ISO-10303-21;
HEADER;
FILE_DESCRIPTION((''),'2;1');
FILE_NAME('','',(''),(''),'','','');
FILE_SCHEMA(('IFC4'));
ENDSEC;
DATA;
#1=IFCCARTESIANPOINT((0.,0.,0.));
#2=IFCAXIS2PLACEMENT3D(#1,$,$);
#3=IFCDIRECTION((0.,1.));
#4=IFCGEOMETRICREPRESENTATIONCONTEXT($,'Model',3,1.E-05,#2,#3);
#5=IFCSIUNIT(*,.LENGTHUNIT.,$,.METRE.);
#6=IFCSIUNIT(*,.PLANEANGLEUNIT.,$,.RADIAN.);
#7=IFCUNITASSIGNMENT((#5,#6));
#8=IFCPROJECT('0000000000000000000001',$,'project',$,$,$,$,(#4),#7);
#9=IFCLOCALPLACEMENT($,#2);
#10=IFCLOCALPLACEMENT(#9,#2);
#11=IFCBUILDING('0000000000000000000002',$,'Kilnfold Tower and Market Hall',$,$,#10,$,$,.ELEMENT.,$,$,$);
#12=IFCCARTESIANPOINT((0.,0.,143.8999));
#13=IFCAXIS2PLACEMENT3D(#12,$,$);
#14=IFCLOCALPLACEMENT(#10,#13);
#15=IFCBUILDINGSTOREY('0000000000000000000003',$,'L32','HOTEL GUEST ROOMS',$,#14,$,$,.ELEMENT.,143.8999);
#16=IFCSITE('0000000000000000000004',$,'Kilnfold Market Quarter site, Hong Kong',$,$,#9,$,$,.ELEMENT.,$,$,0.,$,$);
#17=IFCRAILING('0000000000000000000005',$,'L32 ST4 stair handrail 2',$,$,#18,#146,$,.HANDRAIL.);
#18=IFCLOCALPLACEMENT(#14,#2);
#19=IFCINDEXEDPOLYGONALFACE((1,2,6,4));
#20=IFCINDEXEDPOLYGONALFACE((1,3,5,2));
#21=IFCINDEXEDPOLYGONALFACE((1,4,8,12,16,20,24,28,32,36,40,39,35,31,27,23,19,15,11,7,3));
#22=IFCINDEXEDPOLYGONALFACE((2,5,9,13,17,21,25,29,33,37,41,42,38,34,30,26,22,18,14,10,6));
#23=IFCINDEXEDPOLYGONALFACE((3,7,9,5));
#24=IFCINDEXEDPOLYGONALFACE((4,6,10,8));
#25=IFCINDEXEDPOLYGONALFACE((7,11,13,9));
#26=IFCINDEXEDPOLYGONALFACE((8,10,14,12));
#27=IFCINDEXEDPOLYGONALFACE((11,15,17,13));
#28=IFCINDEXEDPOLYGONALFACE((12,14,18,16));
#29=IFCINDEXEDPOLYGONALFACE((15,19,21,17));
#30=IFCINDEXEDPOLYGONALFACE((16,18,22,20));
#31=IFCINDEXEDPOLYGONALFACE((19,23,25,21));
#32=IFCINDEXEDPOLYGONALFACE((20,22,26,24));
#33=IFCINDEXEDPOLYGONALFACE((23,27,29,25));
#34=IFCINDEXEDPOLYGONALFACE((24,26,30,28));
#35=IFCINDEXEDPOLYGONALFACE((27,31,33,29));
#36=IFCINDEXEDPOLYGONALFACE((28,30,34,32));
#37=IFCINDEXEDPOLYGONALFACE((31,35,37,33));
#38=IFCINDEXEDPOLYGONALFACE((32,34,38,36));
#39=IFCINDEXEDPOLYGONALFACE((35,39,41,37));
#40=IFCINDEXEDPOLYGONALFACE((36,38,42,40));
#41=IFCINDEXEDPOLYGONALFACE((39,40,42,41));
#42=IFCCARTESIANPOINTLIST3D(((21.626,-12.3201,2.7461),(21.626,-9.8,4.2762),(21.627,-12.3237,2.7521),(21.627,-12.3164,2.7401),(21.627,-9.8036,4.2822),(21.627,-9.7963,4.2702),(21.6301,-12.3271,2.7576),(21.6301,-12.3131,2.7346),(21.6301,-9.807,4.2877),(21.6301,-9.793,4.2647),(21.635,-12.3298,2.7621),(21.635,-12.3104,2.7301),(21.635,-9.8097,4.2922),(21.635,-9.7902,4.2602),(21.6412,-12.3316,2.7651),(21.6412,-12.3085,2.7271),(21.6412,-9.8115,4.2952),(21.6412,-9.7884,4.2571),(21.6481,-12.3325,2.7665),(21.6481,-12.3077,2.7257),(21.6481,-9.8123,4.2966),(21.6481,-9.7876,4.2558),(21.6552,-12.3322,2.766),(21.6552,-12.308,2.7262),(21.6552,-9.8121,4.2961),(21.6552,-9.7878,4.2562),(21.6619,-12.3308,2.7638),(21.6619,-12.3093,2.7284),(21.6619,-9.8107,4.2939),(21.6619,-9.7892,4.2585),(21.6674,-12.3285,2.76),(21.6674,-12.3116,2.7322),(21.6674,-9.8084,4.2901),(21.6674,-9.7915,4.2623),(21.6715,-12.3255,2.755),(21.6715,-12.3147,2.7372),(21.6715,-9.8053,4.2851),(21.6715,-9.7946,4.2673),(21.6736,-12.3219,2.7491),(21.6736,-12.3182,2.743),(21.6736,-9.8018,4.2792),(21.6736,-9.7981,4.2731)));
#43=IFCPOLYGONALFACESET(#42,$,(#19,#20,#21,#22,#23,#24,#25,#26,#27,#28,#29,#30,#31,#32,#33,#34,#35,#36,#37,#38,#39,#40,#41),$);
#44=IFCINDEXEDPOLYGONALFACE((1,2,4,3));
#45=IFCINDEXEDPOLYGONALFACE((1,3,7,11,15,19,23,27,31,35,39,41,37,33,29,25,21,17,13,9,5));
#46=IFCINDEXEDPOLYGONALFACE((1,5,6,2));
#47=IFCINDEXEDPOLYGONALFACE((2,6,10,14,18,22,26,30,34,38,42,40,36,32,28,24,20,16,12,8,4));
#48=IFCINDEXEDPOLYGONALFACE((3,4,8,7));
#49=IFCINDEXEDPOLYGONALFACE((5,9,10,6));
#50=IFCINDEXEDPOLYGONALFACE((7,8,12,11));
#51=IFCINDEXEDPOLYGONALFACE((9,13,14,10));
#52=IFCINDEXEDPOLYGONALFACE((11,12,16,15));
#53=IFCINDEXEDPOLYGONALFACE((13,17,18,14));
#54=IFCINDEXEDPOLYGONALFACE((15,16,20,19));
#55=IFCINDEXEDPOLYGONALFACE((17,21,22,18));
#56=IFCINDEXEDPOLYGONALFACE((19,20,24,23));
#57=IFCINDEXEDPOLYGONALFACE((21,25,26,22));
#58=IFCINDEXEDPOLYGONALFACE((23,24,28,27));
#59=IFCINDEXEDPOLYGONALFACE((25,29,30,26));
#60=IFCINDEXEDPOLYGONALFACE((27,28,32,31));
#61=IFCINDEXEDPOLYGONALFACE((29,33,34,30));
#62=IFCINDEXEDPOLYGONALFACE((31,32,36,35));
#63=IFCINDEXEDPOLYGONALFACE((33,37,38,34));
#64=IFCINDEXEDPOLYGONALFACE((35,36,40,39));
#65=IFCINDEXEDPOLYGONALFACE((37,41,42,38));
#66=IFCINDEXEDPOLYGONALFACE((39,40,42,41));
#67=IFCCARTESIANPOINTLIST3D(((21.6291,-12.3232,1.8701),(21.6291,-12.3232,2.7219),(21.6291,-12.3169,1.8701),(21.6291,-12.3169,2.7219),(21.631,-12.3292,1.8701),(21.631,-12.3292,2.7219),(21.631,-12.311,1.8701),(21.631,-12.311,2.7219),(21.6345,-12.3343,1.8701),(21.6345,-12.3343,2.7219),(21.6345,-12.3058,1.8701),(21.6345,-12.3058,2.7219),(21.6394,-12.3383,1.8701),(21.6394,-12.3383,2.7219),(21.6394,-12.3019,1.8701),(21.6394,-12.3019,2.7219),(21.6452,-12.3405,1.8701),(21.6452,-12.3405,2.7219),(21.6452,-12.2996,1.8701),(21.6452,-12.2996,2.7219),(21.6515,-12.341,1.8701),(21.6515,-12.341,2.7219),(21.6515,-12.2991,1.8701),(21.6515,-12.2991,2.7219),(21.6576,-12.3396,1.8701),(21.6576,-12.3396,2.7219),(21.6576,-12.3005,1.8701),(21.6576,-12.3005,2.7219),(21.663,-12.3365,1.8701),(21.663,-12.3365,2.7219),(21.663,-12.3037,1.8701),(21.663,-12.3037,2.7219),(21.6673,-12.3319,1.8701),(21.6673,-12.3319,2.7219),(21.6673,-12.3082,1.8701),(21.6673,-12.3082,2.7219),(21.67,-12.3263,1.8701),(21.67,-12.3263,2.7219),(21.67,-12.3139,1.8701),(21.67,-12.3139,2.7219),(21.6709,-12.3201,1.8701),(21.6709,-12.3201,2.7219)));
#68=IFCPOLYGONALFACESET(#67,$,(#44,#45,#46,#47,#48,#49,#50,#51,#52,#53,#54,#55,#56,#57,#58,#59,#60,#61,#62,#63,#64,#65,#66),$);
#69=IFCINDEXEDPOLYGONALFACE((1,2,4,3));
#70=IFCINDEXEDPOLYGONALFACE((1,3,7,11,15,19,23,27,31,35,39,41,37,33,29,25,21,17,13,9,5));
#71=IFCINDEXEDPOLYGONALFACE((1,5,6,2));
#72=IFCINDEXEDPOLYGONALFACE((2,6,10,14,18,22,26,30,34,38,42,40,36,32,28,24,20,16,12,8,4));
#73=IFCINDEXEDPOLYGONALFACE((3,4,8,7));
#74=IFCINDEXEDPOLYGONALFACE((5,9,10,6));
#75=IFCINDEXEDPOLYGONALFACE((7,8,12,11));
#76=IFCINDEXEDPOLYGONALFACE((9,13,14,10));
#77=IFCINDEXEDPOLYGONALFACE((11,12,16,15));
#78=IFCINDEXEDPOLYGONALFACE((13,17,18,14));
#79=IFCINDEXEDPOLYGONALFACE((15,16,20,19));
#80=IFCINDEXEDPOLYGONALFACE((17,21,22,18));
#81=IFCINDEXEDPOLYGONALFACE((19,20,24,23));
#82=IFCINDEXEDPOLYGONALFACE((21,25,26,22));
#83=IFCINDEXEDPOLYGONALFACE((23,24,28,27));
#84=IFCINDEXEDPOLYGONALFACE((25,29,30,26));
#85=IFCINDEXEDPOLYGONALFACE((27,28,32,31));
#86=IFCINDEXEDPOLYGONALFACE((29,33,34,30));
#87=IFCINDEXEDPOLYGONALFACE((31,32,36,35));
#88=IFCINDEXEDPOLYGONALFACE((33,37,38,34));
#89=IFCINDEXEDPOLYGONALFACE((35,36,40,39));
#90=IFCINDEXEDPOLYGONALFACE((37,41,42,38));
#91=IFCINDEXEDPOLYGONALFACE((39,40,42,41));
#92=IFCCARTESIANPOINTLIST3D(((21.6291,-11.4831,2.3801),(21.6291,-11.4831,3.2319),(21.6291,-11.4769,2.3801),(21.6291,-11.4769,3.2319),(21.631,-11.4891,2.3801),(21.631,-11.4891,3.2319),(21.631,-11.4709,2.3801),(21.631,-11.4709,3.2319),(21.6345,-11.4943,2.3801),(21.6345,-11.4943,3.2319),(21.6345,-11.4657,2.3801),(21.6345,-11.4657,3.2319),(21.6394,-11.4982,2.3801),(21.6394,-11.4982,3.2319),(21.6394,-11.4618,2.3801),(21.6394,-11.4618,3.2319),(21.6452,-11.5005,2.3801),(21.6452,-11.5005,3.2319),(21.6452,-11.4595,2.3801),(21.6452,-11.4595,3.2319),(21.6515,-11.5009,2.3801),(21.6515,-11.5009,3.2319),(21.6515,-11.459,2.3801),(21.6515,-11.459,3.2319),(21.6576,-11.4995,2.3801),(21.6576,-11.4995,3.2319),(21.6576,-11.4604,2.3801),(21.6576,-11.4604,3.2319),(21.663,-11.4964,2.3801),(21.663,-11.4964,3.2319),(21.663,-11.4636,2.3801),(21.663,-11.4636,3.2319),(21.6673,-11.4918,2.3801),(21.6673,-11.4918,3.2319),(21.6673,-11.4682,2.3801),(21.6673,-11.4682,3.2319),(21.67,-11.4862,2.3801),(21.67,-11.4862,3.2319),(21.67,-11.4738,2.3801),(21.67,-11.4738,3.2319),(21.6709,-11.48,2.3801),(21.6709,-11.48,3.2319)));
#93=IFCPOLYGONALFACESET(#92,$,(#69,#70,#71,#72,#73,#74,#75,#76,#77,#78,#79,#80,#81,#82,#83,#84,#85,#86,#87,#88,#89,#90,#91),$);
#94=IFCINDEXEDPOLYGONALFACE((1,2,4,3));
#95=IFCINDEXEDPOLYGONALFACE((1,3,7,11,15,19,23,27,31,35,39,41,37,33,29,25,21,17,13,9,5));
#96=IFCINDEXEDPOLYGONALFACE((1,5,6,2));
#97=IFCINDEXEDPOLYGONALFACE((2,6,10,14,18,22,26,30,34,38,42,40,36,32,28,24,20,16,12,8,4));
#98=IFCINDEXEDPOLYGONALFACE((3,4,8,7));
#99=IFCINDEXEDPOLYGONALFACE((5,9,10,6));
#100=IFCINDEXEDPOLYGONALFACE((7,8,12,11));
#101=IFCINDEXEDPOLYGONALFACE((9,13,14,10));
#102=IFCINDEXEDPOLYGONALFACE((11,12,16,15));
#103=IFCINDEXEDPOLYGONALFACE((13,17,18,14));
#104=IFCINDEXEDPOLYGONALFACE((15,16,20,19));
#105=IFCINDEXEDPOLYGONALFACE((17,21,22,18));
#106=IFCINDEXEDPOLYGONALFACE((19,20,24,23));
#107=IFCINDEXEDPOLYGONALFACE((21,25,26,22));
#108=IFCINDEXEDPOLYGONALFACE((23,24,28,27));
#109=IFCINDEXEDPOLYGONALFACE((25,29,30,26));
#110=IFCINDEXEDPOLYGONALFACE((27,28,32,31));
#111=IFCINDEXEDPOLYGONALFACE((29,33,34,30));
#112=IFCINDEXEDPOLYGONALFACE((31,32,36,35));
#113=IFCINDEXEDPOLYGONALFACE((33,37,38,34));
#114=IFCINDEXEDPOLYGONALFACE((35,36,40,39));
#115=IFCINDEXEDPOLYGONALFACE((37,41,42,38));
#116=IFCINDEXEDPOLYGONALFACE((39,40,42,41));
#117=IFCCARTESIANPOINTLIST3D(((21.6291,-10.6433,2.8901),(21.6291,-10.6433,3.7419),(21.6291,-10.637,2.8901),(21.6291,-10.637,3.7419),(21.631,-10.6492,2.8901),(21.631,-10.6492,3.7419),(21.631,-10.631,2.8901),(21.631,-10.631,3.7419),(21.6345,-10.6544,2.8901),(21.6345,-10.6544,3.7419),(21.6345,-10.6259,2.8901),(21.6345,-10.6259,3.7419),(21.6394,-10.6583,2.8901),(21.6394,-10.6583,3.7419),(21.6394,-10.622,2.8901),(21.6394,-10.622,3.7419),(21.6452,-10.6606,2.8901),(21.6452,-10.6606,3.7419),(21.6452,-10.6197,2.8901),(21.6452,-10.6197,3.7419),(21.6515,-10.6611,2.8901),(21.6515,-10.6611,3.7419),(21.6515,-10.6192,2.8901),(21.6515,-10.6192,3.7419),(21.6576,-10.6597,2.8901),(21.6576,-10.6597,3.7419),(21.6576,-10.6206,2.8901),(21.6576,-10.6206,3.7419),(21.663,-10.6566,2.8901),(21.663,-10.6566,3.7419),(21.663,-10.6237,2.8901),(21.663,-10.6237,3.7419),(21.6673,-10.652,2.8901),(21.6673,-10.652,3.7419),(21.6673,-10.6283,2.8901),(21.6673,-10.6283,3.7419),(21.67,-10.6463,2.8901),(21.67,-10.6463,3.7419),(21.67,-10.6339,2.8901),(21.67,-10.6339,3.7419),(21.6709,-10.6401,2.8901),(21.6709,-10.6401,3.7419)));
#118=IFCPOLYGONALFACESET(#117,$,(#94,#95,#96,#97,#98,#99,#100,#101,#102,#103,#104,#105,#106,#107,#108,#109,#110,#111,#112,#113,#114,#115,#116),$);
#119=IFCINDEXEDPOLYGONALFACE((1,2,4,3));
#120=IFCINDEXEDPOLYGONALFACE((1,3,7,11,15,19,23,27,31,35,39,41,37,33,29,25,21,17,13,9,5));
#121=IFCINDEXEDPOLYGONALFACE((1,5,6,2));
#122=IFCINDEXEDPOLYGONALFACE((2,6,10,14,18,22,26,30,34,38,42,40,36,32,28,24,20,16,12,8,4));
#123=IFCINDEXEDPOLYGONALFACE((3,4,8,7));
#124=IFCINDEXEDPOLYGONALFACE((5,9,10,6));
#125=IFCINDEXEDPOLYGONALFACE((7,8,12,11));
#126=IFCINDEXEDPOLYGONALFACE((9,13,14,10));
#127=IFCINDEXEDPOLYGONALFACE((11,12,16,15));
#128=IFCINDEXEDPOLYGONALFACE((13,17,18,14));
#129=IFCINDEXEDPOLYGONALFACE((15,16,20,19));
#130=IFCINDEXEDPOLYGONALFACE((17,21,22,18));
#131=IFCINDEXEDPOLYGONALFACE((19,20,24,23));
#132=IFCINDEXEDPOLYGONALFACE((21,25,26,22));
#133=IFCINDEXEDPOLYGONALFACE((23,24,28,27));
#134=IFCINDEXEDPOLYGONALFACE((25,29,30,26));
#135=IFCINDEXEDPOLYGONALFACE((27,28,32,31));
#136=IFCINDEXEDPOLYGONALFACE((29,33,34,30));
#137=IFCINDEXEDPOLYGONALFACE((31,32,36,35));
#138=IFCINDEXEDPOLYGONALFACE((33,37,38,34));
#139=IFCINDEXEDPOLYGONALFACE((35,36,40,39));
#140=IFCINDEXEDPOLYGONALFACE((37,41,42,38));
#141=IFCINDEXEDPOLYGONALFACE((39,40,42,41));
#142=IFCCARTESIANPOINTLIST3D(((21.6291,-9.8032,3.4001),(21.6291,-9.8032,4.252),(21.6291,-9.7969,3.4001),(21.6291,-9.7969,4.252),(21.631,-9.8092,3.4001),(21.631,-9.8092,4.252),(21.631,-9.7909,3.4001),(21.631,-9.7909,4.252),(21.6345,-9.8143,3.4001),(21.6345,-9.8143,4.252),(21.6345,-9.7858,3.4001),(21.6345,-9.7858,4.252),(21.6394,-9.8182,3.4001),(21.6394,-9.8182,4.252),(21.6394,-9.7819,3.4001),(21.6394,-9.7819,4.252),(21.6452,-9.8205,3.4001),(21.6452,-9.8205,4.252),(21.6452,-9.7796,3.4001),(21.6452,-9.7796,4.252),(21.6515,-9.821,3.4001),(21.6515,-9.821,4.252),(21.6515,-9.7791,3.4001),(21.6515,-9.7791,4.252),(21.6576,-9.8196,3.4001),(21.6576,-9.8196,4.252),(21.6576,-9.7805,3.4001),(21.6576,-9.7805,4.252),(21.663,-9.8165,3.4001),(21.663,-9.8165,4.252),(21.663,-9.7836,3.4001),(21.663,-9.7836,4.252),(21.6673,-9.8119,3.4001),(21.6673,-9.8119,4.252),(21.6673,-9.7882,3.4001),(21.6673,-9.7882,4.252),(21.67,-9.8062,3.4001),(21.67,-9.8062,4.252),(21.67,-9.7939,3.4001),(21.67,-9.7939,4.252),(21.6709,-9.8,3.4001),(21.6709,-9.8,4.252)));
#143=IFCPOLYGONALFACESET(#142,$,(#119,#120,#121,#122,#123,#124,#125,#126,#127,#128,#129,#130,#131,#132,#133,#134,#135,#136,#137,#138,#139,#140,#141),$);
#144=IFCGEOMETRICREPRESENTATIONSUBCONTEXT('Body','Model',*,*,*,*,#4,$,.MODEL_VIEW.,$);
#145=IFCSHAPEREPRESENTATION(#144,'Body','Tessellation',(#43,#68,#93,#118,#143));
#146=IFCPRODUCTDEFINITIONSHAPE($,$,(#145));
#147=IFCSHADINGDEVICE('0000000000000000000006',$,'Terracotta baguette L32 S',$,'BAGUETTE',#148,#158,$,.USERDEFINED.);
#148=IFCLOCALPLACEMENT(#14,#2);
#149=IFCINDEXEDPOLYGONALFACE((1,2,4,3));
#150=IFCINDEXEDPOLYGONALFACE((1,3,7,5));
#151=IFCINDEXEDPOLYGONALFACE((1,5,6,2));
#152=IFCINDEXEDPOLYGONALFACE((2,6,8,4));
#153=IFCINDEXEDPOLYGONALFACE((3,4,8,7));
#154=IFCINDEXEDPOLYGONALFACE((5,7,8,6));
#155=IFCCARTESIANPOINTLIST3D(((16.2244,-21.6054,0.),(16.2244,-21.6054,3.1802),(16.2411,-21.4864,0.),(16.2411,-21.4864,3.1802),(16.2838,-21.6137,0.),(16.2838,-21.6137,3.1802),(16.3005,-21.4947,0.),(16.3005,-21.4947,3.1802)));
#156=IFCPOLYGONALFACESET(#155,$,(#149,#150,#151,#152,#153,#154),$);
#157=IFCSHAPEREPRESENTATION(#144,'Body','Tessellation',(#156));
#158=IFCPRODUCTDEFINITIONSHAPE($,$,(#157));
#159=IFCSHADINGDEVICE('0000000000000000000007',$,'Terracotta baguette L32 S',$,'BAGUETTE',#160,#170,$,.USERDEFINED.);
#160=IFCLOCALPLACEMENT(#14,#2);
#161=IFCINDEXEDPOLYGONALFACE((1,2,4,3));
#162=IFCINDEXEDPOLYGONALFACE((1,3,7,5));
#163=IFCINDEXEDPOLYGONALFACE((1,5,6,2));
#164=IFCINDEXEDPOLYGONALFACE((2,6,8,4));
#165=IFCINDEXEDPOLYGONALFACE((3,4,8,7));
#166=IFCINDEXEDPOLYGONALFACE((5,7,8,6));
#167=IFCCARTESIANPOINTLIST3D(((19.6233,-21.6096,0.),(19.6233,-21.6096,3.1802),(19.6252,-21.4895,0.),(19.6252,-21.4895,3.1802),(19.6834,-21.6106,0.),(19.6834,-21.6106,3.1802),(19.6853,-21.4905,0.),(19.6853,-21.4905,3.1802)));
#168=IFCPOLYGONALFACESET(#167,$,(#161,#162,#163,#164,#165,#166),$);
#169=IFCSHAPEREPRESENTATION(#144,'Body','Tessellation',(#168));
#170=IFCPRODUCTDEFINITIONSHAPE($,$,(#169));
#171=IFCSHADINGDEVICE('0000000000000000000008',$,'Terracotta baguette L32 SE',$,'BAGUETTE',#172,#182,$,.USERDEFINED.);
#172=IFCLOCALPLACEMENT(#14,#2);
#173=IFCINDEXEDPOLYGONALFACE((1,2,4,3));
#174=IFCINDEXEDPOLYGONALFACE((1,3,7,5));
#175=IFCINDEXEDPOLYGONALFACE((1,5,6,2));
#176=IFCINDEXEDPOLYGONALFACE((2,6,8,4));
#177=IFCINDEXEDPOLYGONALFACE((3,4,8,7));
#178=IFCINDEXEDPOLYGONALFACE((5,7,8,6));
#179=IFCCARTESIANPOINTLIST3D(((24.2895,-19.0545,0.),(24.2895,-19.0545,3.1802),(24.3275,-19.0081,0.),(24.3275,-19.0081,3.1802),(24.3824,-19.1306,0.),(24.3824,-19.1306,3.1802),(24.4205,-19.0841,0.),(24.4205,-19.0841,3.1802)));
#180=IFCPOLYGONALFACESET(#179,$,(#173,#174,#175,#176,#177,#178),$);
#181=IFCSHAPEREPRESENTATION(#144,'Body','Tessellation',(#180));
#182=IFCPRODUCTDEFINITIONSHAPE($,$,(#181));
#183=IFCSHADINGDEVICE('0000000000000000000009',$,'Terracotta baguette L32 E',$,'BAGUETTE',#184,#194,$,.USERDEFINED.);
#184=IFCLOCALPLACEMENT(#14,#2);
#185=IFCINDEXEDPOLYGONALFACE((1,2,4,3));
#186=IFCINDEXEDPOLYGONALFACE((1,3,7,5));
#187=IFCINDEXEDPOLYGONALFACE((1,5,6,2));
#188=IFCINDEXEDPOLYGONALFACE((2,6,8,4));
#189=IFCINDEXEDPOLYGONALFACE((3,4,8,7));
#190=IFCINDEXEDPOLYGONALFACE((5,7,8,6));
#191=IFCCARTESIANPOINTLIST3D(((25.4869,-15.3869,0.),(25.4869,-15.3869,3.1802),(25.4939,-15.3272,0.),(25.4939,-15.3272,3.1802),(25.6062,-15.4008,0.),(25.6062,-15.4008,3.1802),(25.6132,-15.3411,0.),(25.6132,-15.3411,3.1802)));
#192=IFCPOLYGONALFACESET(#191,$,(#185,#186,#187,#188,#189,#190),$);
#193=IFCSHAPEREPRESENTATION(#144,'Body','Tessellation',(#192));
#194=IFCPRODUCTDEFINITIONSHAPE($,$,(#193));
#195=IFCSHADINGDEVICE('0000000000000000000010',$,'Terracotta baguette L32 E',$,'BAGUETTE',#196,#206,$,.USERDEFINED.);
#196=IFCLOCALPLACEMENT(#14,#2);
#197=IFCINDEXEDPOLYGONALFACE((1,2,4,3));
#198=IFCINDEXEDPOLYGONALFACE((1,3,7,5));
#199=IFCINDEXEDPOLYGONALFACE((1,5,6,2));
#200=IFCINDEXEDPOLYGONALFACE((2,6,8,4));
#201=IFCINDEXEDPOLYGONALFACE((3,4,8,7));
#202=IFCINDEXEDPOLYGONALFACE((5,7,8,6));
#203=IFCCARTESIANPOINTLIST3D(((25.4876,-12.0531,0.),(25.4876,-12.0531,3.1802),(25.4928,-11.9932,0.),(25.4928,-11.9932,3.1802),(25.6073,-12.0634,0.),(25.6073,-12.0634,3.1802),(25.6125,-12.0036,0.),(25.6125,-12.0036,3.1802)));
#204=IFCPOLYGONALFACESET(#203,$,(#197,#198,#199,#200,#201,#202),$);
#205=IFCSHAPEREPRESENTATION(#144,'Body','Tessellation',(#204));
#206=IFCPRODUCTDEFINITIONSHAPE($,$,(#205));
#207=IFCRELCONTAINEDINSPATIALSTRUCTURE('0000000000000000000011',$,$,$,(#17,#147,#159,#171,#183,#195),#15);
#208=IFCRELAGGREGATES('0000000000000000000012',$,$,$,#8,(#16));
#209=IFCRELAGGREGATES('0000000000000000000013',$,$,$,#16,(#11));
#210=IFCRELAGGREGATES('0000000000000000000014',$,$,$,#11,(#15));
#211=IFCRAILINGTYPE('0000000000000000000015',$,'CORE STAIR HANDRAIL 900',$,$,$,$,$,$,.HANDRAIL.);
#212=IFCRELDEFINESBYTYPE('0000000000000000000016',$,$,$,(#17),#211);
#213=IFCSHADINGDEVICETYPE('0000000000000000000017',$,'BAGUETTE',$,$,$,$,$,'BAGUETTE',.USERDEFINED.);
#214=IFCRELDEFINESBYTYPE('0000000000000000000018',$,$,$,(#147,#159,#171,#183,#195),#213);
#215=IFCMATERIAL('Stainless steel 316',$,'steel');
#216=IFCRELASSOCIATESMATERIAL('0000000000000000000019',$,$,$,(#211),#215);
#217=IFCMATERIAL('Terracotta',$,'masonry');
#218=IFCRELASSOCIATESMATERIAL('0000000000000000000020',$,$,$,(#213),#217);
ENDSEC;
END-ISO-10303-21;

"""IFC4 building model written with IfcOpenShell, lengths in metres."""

from ifc_helpers import new_model, si_unit, direction, frame, origin, origin_2d, place, context, subcontext, project, spatial, rectangle, circle, extrude, source, transform, mapped, material, material_profile, profile_set, type_object, element, save


model = new_model("IFC4")

# Units and contexts
model_context = context("Model", 3, precision=1e-05, world=origin(), true_north=direction((0.0, 1.0)))
body_context = subcontext(model_context, "Body", "Model", "MODEL_VIEW")
ifc_project = project(units=[si_unit("LENGTHUNIT", "METRE"), si_unit("PLANEANGLEUNIT", "RADIAN")], contexts=[model_context])

# Site, building, storey
site_placement = place(None, origin())
site = spatial("IfcSite", under=ifc_project, at=site_placement, Name="Kilnfold Market Quarter site, Hong Kong", CompositionType="ELEMENT", RefElevation=0.0)
building_placement = place(site_placement, origin())
building = spatial("IfcBuilding", under=site, at=building_placement, Name="Kilnfold Tower and Market Hall", CompositionType="ELEMENT")
storey_placement = place(building_placement, frame((0.0, 0.0, 143.8999)))
storey = spatial("IfcBuildingStorey", under=building, at=storey_placement, Name="L32", Description="HOTEL GUEST ROOMS", CompositionType="ELEMENT", Elevation=143.8999)

# Railing
ifc_material_1 = material(Name="Stainless steel 316", Category="steel")
railing_type_1 = type_object("IfcRailingType", Name="CORE STAIR HANDRAIL 900", PredefinedType="HANDRAIL", material=ifc_material_1)
railing_1_placement = place(storey_placement, frame((21.6499, -12.3201, 1.8701)))
element("IfcRailing", 1, at=railing_1_placement, inside=storey, type_object=railing_type_1, Name="L32 ST4 stair handrail 2", PredefinedType="HANDRAIL", context=body_context, shape_type="SweptSolid", body=[
    extrude(circle(Radius=0.0239, at=origin_2d()), frame((0.0, 0.0, 0.876), z_axis=(0.0, 0.854785, 0.518982), x_axis=(-1.0, 0.0, 0.0)), (0.0, 0.0, 1.0), 2.9482),
    extrude(circle(Radius=0.021, at=origin_2d()), origin(), (0.0, 0.0, 1.0), 0.8518),
    extrude(circle(Radius=0.021, at=origin_2d()), frame((0.0, 0.8401, 0.51)), (0.0, 0.0, 1.0), 0.8518),
    extrude(circle(Radius=0.021, at=origin_2d()), frame((0.0, 1.6799, 1.02)), (0.0, 0.0, 1.0), 0.8518),
    extrude(circle(Radius=0.021, at=origin_2d()), frame((0.0, 2.52, 1.53)), (0.0, 0.0, 1.0), 0.8518),
])

# Shading devices
ifc_material_2 = material(Name="Terracotta", Category="masonry")
ifc_material_profile_1 = material_profile(ifc_material_2, rectangle(XDim=0.0601, YDim=0.1201, at=origin_2d()), Name="BAG 60x120")
ifc_profile_set_1 = profile_set([ifc_material_profile_1], Name="Terracotta")
shading_device_type = type_object("IfcShadingDeviceType", Name="BAGUETTE", ElementType="BAGUETTE", PredefinedType="USERDEFINED", material=ifc_profile_set_1)
shared_shape_1 = source(origin(), body_context, "Body", "SweptSolid", [
    extrude(rectangle(XDim=0.0601, YDim=0.1201, at=origin_2d()), origin(), (0.0, 0.0, 1.0), 3.1802),
])
for number, where, z_axis, x_axis, name in (
    (2, (16.2625, -21.55, 0.0), (0.0, 0.0, 1.0), (0.990306, -0.138902, 0.0), "Terracotta baguette L32 S"),
    (3, (19.6543, -21.55, 0.0), (0.0, 0.0, 1.0), (0.99988, -0.015498, 0.0), "Terracotta baguette L32 S"),
    (4, (24.355, -19.0693, 0.0), (0.0, 0.0, 1.0), (0.633346, 0.773869, 0.0), "Terracotta baguette L32 SE"),
    (5, (25.55, -15.364, 0.0), (0.0, 0.0, 1.0), (0.115705, 0.993284, 0.0), "Terracotta baguette L32 E"),
    (6, (25.55, -12.0283, 0.0), (0.0, 0.0, 1.0), (0.085998, 0.996295, 0.0), "Terracotta baguette L32 E"),
):
    element("IfcShadingDevice", number, at=place(storey_placement, frame(where, z_axis=z_axis, x_axis=x_axis)), inside=storey, type_object=shading_device_type, Name=name, ObjectType="BAGUETTE", PredefinedType="USERDEFINED", context=body_context, shape_type="MappedRepresentation", body=[
        mapped(shared_shape_1, transform((0.0, 0.0, 0.0))),
    ])

save(model, "model.ifc")
